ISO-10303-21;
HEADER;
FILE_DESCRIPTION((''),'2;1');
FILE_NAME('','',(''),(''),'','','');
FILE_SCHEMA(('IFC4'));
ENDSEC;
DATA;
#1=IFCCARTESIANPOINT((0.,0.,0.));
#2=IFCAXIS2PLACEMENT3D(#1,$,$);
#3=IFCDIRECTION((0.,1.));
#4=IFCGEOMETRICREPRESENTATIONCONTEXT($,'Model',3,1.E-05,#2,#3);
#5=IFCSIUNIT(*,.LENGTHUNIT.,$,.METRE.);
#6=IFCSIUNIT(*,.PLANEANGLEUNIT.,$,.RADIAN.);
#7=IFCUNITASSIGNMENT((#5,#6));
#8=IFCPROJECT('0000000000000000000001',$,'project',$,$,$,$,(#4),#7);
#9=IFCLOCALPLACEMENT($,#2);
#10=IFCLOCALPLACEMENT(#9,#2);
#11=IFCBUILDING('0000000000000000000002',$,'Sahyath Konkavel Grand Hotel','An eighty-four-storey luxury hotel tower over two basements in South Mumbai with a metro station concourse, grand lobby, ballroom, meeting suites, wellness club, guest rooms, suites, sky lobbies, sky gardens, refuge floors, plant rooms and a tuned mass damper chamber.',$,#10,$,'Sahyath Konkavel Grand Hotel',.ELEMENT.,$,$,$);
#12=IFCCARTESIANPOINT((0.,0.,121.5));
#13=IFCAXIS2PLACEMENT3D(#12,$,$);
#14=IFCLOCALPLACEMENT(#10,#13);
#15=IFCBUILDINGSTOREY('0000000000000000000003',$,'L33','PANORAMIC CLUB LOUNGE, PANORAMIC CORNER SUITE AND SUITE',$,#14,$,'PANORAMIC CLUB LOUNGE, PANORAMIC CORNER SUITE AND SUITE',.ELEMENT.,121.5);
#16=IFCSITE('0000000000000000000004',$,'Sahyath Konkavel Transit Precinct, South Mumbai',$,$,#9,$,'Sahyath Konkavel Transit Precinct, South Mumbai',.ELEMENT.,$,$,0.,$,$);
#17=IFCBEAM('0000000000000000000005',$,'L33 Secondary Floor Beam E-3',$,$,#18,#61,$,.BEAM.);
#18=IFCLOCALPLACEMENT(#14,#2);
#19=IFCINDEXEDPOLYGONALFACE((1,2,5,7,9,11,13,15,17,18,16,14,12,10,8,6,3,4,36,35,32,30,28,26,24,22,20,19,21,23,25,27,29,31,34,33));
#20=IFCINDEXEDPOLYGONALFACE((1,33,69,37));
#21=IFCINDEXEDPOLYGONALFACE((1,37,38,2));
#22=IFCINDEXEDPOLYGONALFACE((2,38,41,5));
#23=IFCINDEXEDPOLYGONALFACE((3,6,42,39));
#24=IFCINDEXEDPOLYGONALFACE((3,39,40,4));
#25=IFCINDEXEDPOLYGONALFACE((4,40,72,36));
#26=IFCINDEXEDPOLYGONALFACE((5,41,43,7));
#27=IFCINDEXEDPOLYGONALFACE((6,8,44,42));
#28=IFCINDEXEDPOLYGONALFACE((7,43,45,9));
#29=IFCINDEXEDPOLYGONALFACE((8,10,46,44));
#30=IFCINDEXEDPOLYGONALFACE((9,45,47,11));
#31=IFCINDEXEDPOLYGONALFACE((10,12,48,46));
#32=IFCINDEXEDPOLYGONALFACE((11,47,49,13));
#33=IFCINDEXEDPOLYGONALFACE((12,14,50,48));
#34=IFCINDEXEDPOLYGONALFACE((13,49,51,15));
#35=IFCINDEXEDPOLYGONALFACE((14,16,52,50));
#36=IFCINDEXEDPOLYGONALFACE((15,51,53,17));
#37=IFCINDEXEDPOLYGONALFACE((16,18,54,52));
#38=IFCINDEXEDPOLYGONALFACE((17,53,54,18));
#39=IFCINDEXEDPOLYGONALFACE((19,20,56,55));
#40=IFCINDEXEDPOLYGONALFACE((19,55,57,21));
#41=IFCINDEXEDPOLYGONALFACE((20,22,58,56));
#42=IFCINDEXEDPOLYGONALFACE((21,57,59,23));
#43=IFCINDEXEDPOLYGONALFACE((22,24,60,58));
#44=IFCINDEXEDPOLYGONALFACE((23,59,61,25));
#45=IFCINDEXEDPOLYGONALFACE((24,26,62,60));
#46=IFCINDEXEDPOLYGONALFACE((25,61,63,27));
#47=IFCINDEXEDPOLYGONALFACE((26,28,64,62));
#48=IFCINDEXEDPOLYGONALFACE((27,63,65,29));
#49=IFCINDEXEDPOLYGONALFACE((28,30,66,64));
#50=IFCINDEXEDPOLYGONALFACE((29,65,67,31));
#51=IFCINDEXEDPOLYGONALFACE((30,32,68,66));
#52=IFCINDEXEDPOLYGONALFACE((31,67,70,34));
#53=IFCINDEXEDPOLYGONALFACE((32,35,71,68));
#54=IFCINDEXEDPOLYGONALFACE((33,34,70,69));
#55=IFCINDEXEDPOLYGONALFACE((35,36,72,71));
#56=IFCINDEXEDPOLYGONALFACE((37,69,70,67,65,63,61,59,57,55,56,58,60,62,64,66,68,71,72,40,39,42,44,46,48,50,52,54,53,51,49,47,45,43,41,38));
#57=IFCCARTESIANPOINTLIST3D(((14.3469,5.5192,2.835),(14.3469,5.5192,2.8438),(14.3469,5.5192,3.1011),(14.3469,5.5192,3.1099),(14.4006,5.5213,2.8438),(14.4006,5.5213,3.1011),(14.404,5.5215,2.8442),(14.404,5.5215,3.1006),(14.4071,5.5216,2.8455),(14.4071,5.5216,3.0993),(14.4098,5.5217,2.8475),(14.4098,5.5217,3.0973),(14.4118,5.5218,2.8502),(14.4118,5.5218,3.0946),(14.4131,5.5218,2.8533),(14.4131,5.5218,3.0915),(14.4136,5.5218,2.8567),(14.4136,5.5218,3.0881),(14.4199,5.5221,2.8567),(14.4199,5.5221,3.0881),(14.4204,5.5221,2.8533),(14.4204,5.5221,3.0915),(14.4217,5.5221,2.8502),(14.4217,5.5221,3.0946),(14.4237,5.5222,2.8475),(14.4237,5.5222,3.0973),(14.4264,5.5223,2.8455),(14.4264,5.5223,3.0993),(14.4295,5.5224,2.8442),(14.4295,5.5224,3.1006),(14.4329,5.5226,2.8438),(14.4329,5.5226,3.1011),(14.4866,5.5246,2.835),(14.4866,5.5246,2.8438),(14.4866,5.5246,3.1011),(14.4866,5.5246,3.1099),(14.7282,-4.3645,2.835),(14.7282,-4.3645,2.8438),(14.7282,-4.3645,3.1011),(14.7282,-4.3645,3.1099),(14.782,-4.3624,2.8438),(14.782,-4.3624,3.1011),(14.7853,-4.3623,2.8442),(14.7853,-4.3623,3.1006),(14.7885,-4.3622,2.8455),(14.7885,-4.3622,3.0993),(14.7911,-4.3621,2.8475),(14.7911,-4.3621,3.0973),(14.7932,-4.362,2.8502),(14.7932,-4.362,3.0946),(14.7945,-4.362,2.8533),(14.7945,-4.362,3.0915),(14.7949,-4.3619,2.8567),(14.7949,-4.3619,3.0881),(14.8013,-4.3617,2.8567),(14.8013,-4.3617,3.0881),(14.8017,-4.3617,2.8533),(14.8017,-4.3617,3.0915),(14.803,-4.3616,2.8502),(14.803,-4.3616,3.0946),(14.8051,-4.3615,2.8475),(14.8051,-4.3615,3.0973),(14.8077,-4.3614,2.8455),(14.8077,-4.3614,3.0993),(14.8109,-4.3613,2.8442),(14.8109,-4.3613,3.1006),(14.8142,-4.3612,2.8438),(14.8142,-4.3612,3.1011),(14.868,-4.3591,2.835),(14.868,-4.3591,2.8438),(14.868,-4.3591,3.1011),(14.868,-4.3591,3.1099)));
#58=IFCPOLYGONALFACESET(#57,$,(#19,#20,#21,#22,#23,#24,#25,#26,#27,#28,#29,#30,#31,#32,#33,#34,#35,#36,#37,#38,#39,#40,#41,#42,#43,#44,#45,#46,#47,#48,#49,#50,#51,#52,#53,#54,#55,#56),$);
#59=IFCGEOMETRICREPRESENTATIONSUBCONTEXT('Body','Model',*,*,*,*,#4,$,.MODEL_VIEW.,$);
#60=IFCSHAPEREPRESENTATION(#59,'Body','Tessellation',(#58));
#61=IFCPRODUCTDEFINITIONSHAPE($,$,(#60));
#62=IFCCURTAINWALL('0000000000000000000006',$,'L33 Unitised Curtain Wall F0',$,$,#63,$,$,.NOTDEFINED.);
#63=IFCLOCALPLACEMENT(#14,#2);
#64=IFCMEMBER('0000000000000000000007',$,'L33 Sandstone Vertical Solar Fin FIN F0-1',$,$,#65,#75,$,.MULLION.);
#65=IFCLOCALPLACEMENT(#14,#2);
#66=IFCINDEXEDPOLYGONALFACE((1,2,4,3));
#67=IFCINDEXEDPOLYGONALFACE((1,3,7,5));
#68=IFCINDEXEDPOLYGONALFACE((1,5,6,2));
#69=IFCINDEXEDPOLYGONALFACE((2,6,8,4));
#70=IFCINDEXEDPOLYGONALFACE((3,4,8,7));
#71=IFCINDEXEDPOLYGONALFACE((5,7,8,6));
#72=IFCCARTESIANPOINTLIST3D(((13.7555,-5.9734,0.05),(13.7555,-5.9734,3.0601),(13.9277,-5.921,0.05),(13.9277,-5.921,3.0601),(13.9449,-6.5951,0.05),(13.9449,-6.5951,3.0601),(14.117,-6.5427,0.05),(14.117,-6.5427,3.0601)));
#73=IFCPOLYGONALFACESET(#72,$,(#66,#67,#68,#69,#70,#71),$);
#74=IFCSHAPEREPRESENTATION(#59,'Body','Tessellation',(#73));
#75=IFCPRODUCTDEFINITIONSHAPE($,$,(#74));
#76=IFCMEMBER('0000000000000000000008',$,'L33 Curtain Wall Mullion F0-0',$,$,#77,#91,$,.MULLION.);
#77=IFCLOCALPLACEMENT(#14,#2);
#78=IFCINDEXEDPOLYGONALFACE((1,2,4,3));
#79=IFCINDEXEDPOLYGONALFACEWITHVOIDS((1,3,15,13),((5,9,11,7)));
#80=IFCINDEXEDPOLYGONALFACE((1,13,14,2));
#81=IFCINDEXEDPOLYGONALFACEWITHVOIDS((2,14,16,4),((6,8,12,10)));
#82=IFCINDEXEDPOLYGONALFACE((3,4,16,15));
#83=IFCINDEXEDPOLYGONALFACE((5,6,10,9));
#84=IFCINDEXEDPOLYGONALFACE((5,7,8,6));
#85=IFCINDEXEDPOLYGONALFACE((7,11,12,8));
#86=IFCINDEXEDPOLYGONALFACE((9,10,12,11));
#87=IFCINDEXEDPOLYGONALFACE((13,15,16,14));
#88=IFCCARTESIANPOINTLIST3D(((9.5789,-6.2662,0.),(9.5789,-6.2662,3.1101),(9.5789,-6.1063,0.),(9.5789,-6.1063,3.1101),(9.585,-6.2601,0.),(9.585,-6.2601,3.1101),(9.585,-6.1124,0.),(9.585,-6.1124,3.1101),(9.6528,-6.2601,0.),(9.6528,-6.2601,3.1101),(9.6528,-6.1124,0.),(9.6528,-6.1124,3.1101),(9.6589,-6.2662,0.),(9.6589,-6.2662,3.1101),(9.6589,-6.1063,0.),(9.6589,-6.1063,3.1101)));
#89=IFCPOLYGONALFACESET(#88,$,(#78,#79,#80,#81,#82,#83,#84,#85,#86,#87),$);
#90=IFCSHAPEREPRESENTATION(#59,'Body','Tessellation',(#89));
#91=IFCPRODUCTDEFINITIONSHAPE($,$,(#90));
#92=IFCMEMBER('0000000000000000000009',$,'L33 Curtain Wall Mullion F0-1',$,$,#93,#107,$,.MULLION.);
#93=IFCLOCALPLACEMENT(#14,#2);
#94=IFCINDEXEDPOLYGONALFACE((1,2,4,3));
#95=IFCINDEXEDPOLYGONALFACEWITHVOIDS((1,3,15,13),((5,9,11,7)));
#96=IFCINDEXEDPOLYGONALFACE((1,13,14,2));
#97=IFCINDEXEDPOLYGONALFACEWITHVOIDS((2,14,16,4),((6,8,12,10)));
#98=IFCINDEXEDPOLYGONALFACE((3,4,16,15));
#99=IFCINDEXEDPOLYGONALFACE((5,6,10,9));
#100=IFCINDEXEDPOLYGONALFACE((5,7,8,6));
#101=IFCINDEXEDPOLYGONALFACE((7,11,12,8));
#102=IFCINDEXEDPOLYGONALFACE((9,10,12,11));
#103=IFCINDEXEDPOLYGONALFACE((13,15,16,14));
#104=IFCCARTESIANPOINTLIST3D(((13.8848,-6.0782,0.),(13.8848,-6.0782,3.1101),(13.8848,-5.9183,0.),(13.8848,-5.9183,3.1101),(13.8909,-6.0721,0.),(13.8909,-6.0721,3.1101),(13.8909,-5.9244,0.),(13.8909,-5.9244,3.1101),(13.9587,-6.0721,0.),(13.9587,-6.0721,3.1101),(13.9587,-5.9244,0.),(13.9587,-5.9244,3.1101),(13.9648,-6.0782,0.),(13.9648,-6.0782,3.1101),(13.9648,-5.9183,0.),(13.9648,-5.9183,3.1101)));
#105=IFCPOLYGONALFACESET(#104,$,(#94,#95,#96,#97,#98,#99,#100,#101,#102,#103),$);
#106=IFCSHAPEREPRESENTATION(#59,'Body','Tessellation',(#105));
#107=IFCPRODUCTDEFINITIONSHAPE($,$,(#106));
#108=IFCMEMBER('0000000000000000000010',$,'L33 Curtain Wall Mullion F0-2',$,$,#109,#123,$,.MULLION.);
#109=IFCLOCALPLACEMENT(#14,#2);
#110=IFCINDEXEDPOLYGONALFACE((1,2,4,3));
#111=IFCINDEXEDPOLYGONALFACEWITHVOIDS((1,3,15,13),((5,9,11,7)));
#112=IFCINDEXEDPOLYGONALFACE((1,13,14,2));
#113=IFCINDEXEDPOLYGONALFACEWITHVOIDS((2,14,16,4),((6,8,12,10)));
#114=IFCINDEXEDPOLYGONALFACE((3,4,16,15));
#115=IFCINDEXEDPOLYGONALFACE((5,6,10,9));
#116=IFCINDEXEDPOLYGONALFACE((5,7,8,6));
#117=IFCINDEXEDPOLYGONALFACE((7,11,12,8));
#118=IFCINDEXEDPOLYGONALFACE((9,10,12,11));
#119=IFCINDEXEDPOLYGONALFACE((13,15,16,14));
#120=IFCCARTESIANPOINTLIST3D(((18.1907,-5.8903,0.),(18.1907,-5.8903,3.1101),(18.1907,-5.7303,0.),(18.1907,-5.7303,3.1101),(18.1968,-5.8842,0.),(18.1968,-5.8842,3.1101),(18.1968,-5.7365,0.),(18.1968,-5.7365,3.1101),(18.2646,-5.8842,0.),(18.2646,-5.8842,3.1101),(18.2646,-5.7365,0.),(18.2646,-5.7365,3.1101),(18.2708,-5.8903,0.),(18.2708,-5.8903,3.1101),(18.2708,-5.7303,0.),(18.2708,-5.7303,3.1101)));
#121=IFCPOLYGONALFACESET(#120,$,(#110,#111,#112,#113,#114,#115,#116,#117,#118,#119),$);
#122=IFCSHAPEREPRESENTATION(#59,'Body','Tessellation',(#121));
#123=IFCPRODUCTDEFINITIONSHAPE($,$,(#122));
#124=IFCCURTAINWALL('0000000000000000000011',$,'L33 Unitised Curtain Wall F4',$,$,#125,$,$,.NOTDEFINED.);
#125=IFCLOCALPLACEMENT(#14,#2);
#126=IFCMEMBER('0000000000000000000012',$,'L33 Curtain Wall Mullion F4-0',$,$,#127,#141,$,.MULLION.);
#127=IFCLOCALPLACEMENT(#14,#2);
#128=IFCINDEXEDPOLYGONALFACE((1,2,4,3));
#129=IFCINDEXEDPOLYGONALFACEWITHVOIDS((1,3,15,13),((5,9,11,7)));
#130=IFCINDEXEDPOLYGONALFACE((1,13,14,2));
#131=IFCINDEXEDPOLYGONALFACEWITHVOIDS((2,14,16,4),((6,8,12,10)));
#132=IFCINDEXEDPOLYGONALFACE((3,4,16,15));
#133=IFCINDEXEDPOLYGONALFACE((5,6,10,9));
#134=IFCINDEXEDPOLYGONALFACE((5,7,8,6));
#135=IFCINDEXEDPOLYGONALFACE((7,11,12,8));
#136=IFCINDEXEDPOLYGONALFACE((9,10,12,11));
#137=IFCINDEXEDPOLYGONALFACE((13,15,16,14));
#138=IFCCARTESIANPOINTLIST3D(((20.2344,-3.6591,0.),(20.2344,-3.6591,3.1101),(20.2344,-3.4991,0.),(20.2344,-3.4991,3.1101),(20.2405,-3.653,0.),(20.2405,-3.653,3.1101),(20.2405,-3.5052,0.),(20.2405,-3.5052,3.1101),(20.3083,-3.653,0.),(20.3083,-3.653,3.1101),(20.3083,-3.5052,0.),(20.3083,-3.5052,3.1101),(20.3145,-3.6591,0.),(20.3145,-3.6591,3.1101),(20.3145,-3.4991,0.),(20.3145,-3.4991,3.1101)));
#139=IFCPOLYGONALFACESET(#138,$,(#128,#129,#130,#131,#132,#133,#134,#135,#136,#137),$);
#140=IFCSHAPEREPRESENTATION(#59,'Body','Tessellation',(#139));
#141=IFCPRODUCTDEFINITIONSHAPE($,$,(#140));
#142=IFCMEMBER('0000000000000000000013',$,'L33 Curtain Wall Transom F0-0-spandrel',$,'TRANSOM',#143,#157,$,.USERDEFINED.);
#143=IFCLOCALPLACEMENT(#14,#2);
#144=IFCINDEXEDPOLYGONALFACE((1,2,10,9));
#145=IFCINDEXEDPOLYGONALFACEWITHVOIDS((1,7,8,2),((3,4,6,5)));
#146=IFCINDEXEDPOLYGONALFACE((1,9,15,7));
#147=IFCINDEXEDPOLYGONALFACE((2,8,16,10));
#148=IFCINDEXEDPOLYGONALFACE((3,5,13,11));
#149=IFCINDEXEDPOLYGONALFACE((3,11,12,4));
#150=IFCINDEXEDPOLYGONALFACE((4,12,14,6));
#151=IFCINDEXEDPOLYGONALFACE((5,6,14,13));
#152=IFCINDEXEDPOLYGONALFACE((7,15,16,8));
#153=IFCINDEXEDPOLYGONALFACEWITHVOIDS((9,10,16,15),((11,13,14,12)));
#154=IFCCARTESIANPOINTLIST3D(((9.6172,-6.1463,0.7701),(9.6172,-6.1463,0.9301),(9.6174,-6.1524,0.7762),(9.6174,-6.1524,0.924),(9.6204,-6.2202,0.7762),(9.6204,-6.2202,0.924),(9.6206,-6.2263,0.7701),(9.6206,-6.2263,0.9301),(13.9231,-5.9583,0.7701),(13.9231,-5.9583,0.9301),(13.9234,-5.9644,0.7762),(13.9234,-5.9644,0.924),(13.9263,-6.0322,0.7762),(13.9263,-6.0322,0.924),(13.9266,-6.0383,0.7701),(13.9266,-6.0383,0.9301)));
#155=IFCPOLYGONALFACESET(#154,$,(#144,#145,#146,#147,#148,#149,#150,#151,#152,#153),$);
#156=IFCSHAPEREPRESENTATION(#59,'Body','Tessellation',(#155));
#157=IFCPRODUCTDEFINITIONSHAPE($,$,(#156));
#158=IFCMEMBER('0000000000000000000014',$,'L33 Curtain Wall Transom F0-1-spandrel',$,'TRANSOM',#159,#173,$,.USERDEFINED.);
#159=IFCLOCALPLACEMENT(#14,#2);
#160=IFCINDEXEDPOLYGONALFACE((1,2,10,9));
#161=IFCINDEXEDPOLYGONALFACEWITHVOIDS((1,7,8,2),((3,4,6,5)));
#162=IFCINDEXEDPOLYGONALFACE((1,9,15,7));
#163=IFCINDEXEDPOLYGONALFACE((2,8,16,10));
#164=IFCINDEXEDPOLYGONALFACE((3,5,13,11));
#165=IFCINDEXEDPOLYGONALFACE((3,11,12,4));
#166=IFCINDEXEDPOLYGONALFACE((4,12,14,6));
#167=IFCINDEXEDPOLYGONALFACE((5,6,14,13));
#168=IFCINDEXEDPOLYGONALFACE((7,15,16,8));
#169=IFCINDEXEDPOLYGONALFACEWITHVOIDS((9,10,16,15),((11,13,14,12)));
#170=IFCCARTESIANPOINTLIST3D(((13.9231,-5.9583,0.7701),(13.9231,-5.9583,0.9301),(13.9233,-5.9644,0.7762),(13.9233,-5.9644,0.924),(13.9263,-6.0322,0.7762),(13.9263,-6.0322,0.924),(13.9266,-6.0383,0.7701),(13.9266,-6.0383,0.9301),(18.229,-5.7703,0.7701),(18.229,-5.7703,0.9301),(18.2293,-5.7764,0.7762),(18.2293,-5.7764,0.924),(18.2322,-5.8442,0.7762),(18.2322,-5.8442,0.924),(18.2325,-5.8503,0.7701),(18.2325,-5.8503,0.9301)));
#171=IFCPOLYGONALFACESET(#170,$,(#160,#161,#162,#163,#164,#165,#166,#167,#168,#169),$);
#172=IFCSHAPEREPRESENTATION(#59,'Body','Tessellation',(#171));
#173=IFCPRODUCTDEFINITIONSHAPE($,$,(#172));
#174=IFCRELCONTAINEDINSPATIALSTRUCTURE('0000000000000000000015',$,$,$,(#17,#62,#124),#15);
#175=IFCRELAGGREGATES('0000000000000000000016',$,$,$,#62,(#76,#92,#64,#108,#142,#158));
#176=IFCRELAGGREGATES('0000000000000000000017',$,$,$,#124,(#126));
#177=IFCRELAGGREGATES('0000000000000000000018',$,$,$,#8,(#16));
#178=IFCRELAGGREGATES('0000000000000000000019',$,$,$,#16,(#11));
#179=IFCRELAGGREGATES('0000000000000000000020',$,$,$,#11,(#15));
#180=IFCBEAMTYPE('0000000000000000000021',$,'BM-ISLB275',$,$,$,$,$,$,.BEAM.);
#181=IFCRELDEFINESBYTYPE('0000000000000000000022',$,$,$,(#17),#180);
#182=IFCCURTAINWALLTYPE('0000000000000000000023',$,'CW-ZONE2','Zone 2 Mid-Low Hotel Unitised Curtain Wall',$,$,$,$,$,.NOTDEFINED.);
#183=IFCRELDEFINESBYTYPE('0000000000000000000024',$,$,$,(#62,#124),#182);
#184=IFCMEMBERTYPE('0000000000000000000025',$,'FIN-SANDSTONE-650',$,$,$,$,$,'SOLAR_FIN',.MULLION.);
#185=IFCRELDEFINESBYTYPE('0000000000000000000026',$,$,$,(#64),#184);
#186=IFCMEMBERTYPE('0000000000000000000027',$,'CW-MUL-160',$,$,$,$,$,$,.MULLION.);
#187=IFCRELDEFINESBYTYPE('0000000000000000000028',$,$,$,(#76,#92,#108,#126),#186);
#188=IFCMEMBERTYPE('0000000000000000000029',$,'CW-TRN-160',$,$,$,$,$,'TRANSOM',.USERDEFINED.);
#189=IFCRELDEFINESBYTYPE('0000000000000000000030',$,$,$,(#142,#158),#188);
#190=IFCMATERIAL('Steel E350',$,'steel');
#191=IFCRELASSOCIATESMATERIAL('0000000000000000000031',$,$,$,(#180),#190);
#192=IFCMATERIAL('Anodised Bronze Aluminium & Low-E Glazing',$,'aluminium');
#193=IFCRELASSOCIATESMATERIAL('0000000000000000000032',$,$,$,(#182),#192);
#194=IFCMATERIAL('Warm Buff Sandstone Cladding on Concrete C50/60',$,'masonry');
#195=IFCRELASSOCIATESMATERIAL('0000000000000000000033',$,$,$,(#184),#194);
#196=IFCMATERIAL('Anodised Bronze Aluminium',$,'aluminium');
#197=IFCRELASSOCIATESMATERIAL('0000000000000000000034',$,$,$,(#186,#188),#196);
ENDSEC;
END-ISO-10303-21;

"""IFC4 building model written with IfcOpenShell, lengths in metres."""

from ifc_helpers import new_model, si_unit, direction, frame, origin, origin_2d, place, context, subcontext, project, spatial, rectangle, hollow_rectangle, i_section, extrude, source, transform, mapped, material, material_profile, profile_set, type_object, element, aggregate, save


model = new_model("IFC4")

# Units and contexts
model_context = context("Model", 3, precision=1e-05, world=origin(), true_north=direction((0.0, 1.0)))
body_context = subcontext(model_context, "Body", "Model", "MODEL_VIEW")
ifc_project = project(units=[si_unit("LENGTHUNIT", "METRE"), si_unit("PLANEANGLEUNIT", "RADIAN")], contexts=[model_context])

# Site, building, storey
site_placement = place(None, origin())
site = spatial("IfcSite", under=ifc_project, at=site_placement, Name="Sahyath Konkavel Transit Precinct, South Mumbai", LongName="Sahyath Konkavel Transit Precinct, South Mumbai", CompositionType="ELEMENT", RefElevation=0.0)
building_placement = place(site_placement, origin())
building = spatial("IfcBuilding", under=site, at=building_placement, Name="Sahyath Konkavel Grand Hotel", Description="An eighty-four-storey luxury hotel tower over two basements in South Mumbai with a metro station concourse, grand lobby, ballroom, meeting suites, wellness club, guest rooms, suites, sky lobbies, sky gardens, refuge floors, plant rooms and a tuned mass damper chamber.", LongName="Sahyath Konkavel Grand Hotel", CompositionType="ELEMENT")
storey_placement = place(building_placement, frame((0.0, 0.0, 121.5)))
storey = spatial("IfcBuildingStorey", under=building, at=storey_placement, Name="L33", Description="PANORAMIC CLUB LOUNGE, PANORAMIC CORNER SUITE AND SUITE", LongName="PANORAMIC CLUB LOUNGE, PANORAMIC CORNER SUITE AND SUITE", CompositionType="ELEMENT", Elevation=121.5)

# Beam
ifc_material_1 = material(Name="Steel E350", Category="steel")
ifc_material_profile_1 = material_profile(ifc_material_1, i_section(OverallWidth=0.1399, OverallDepth=0.2749, WebThickness=0.0063, FlangeThickness=0.0088, FilletRadius=0.0129, at=origin_2d()), Name="ISLB 275")
ifc_profile_set_1 = profile_set([ifc_material_profile_1], Name="Steel E350")
beam_type_1 = type_object("IfcBeamType", Name="BM-ISLB275", PredefinedType="BEAM", material=ifc_profile_set_1)
shared_shape_1 = source(origin(), body_context, "Body", "SweptSolid", [
    extrude(i_section(OverallWidth=0.1399, OverallDepth=0.2749, WebThickness=0.0063, FlangeThickness=0.0088, FilletRadius=0.0129, at=origin_2d()), origin(), (0.0, 0.0, 1.0), 9.8911),
])
beam_1_placement = place(storey_placement, frame((14.7981, -4.3618, 2.9724), z_axis=(-0.038554, 0.999257, 0.0), x_axis=(-0.999257, -0.038554, 0.0)))
element("IfcBeam", 1, at=beam_1_placement, inside=storey, type_object=beam_type_1, Name="L33 Secondary Floor Beam E-3", PredefinedType="BEAM", context=body_context, shape_type="MappedRepresentation", body=[
    mapped(shared_shape_1, transform((0.0, 0.0, 0.0), scale=1.0)),
])

# Curtain wall, members
ifc_material_2 = material(Name="Anodised Bronze Aluminium & Low-E Glazing", Category="aluminium")
curtain_wall_type = type_object("IfcCurtainWallType", Name="CW-ZONE2", Description="Zone 2 Mid-Low Hotel Unitised Curtain Wall", PredefinedType="NOTDEFINED", material=ifc_material_2)
curtain_wall_1_placement = place(storey_placement, origin())
curtain_wall_1 = element("IfcCurtainWall", 2, at=curtain_wall_1_placement, inside=storey, type_object=curtain_wall_type, Name="L33 Unitised Curtain Wall F0", PredefinedType="NOTDEFINED")
ifc_material_3 = material(Name="Warm Buff Sandstone Cladding on Concrete C50/60", Category="masonry")
ifc_material_profile_2 = material_profile(ifc_material_3, rectangle(XDim=0.1799, YDim=0.6499, at=origin_2d()), Name="FIN 180x650")
ifc_profile_set_2 = profile_set([ifc_material_profile_2], Name="Warm Buff Sandstone Cladding on Concrete C50/60")
member_type_1 = type_object("IfcMemberType", Name="FIN-SANDSTONE-650", ElementType="SOLAR_FIN", PredefinedType="MULLION", material=ifc_profile_set_2)
shared_shape_2 = source(origin(), body_context, "Body", "SweptSolid", [
    extrude(rectangle(XDim=0.1799, YDim=0.6499, at=origin_2d()), origin(), (0.0, 0.0, 1.0), 3.01),
])
member_1_placement = place(storey_placement, frame((13.9363, -6.2581, 0.05), z_axis=(0.0, 0.0, 1.0), x_axis=(0.95661, 0.29137, 0.0)))
member_1 = element("IfcMember", 3, at=member_1_placement, type_object=member_type_1, Name="L33 Sandstone Vertical Solar Fin FIN F0-1", PredefinedType="MULLION", context=body_context, shape_type="MappedRepresentation", body=[
    mapped(shared_shape_2, transform((0.0, 0.0, 0.0), scale=1.0)),
])
ifc_material_4 = material(Name="Anodised Bronze Aluminium", Category="aluminium")
ifc_material_profile_3 = material_profile(ifc_material_4, hollow_rectangle(XDim=0.0801, YDim=0.1599, WallThickness=0.0061, at=origin_2d()), Name="RHS 160x80x6")
ifc_profile_set_3 = profile_set([ifc_material_profile_3], Name="Anodised Bronze Aluminium")
member_type_2 = type_object("IfcMemberType", Name="CW-MUL-160", PredefinedType="MULLION", material=ifc_profile_set_3)
shared_shape_3 = source(origin(), body_context, "Body", "SweptSolid", [
    extrude(hollow_rectangle(XDim=0.0801, YDim=0.1599, WallThickness=0.0061, at=origin_2d()), origin(), (0.0, 0.0, 1.0), 3.1101),
])
member_2_placement = place(storey_placement, frame((9.6189, -6.1863, 0.0), z_axis=(0.0, 0.0, 1.0), x_axis=(1.0, 0.0, 0.0)))
member_2 = element("IfcMember", 4, at=member_2_placement, type_object=member_type_2, Name="L33 Curtain Wall Mullion F0-0", PredefinedType="MULLION", context=body_context, shape_type="MappedRepresentation", body=[
    mapped(shared_shape_3, transform((0.0, 0.0, 0.0), scale=1.0)),
])
member_3_placement = place(storey_placement, frame((13.9248, -5.9983, 0.0), z_axis=(0.0, 0.0, 1.0), x_axis=(1.0, 0.0, 0.0)))
member_3 = element("IfcMember", 5, at=member_3_placement, type_object=member_type_2, Name="L33 Curtain Wall Mullion F0-1", PredefinedType="MULLION", context=body_context, shape_type="MappedRepresentation", body=[
    mapped(shared_shape_3, transform((0.0, 0.0, 0.0), scale=1.0)),
])
member_4_placement = place(storey_placement, frame((18.2307, -5.8103, 0.0), z_axis=(0.0, 0.0, 1.0), x_axis=(1.0, 0.0, 0.0)))
member_4 = element("IfcMember", 6, at=member_4_placement, type_object=member_type_2, Name="L33 Curtain Wall Mullion F0-2", PredefinedType="MULLION", context=body_context, shape_type="MappedRepresentation", body=[
    mapped(shared_shape_3, transform((0.0, 0.0, 0.0), scale=1.0)),
])

# Curtain wall, member
curtain_wall_2_placement = place(storey_placement, origin())
curtain_wall_2 = element("IfcCurtainWall", 7, at=curtain_wall_2_placement, inside=storey, type_object=curtain_wall_type, Name="L33 Unitised Curtain Wall F4", PredefinedType="NOTDEFINED")
member_5_placement = place(storey_placement, frame((20.2744, -3.5791, 0.0), z_axis=(0.0, 0.0, 1.0), x_axis=(1.0, 0.0, 0.0)))
member_5 = element("IfcMember", 8, at=member_5_placement, type_object=member_type_2, Name="L33 Curtain Wall Mullion F4-0", PredefinedType="MULLION", context=body_context, shape_type="MappedRepresentation", body=[
    mapped(shared_shape_3, transform((0.0, 0.0, 0.0), scale=1.0)),
])

# Members
ifc_material_profile_4 = material_profile(ifc_material_4, hollow_rectangle(XDim=0.0801, YDim=0.1599, WallThickness=0.0061, at=origin_2d()), Name="RHS 160x80x6")
ifc_profile_set_4 = profile_set([ifc_material_profile_4], Name="Anodised Bronze Aluminium")
member_type_3 = type_object("IfcMemberType", Name="CW-TRN-160", ElementType="TRANSOM", PredefinedType="USERDEFINED", material=ifc_profile_set_4)
shared_shape_4 = source(origin(), body_context, "Body", "SweptSolid", [
    extrude(hollow_rectangle(XDim=0.0801, YDim=0.1599, WallThickness=0.0061, at=origin_2d()), origin(), (0.0, 0.0, 1.0), 4.3101),
])
member_6_placement = place(storey_placement, frame((9.6189, -6.1863, 0.8501), z_axis=(0.999048, 0.043617, 0.0), x_axis=(-0.043617, 0.999048, 0.0)))
member_6 = element("IfcMember", 9, at=member_6_placement, type_object=member_type_3, Name="L33 Curtain Wall Transom F0-0-spandrel", ObjectType="TRANSOM", PredefinedType="USERDEFINED", context=body_context, shape_type="MappedRepresentation", body=[
    mapped(shared_shape_4, transform((0.0, 0.0, 0.0), scale=1.0)),
])
member_7_placement = place(storey_placement, frame((13.9248, -5.9983, 0.8501), z_axis=(0.999048, 0.043617, 0.0), x_axis=(-0.043617, 0.999048, 0.0)))
member_7 = element("IfcMember", 10, at=member_7_placement, type_object=member_type_3, Name="L33 Curtain Wall Transom F0-1-spandrel", ObjectType="TRANSOM", PredefinedType="USERDEFINED", context=body_context, shape_type="MappedRepresentation", body=[
    mapped(shared_shape_4, transform((0.0, 0.0, 0.0), scale=1.0)),
])

aggregate(curtain_wall_1, [member_2, member_3, member_1, member_4, member_6, member_7])
aggregate(curtain_wall_2, [member_5])

save(model, "model.ifc")
